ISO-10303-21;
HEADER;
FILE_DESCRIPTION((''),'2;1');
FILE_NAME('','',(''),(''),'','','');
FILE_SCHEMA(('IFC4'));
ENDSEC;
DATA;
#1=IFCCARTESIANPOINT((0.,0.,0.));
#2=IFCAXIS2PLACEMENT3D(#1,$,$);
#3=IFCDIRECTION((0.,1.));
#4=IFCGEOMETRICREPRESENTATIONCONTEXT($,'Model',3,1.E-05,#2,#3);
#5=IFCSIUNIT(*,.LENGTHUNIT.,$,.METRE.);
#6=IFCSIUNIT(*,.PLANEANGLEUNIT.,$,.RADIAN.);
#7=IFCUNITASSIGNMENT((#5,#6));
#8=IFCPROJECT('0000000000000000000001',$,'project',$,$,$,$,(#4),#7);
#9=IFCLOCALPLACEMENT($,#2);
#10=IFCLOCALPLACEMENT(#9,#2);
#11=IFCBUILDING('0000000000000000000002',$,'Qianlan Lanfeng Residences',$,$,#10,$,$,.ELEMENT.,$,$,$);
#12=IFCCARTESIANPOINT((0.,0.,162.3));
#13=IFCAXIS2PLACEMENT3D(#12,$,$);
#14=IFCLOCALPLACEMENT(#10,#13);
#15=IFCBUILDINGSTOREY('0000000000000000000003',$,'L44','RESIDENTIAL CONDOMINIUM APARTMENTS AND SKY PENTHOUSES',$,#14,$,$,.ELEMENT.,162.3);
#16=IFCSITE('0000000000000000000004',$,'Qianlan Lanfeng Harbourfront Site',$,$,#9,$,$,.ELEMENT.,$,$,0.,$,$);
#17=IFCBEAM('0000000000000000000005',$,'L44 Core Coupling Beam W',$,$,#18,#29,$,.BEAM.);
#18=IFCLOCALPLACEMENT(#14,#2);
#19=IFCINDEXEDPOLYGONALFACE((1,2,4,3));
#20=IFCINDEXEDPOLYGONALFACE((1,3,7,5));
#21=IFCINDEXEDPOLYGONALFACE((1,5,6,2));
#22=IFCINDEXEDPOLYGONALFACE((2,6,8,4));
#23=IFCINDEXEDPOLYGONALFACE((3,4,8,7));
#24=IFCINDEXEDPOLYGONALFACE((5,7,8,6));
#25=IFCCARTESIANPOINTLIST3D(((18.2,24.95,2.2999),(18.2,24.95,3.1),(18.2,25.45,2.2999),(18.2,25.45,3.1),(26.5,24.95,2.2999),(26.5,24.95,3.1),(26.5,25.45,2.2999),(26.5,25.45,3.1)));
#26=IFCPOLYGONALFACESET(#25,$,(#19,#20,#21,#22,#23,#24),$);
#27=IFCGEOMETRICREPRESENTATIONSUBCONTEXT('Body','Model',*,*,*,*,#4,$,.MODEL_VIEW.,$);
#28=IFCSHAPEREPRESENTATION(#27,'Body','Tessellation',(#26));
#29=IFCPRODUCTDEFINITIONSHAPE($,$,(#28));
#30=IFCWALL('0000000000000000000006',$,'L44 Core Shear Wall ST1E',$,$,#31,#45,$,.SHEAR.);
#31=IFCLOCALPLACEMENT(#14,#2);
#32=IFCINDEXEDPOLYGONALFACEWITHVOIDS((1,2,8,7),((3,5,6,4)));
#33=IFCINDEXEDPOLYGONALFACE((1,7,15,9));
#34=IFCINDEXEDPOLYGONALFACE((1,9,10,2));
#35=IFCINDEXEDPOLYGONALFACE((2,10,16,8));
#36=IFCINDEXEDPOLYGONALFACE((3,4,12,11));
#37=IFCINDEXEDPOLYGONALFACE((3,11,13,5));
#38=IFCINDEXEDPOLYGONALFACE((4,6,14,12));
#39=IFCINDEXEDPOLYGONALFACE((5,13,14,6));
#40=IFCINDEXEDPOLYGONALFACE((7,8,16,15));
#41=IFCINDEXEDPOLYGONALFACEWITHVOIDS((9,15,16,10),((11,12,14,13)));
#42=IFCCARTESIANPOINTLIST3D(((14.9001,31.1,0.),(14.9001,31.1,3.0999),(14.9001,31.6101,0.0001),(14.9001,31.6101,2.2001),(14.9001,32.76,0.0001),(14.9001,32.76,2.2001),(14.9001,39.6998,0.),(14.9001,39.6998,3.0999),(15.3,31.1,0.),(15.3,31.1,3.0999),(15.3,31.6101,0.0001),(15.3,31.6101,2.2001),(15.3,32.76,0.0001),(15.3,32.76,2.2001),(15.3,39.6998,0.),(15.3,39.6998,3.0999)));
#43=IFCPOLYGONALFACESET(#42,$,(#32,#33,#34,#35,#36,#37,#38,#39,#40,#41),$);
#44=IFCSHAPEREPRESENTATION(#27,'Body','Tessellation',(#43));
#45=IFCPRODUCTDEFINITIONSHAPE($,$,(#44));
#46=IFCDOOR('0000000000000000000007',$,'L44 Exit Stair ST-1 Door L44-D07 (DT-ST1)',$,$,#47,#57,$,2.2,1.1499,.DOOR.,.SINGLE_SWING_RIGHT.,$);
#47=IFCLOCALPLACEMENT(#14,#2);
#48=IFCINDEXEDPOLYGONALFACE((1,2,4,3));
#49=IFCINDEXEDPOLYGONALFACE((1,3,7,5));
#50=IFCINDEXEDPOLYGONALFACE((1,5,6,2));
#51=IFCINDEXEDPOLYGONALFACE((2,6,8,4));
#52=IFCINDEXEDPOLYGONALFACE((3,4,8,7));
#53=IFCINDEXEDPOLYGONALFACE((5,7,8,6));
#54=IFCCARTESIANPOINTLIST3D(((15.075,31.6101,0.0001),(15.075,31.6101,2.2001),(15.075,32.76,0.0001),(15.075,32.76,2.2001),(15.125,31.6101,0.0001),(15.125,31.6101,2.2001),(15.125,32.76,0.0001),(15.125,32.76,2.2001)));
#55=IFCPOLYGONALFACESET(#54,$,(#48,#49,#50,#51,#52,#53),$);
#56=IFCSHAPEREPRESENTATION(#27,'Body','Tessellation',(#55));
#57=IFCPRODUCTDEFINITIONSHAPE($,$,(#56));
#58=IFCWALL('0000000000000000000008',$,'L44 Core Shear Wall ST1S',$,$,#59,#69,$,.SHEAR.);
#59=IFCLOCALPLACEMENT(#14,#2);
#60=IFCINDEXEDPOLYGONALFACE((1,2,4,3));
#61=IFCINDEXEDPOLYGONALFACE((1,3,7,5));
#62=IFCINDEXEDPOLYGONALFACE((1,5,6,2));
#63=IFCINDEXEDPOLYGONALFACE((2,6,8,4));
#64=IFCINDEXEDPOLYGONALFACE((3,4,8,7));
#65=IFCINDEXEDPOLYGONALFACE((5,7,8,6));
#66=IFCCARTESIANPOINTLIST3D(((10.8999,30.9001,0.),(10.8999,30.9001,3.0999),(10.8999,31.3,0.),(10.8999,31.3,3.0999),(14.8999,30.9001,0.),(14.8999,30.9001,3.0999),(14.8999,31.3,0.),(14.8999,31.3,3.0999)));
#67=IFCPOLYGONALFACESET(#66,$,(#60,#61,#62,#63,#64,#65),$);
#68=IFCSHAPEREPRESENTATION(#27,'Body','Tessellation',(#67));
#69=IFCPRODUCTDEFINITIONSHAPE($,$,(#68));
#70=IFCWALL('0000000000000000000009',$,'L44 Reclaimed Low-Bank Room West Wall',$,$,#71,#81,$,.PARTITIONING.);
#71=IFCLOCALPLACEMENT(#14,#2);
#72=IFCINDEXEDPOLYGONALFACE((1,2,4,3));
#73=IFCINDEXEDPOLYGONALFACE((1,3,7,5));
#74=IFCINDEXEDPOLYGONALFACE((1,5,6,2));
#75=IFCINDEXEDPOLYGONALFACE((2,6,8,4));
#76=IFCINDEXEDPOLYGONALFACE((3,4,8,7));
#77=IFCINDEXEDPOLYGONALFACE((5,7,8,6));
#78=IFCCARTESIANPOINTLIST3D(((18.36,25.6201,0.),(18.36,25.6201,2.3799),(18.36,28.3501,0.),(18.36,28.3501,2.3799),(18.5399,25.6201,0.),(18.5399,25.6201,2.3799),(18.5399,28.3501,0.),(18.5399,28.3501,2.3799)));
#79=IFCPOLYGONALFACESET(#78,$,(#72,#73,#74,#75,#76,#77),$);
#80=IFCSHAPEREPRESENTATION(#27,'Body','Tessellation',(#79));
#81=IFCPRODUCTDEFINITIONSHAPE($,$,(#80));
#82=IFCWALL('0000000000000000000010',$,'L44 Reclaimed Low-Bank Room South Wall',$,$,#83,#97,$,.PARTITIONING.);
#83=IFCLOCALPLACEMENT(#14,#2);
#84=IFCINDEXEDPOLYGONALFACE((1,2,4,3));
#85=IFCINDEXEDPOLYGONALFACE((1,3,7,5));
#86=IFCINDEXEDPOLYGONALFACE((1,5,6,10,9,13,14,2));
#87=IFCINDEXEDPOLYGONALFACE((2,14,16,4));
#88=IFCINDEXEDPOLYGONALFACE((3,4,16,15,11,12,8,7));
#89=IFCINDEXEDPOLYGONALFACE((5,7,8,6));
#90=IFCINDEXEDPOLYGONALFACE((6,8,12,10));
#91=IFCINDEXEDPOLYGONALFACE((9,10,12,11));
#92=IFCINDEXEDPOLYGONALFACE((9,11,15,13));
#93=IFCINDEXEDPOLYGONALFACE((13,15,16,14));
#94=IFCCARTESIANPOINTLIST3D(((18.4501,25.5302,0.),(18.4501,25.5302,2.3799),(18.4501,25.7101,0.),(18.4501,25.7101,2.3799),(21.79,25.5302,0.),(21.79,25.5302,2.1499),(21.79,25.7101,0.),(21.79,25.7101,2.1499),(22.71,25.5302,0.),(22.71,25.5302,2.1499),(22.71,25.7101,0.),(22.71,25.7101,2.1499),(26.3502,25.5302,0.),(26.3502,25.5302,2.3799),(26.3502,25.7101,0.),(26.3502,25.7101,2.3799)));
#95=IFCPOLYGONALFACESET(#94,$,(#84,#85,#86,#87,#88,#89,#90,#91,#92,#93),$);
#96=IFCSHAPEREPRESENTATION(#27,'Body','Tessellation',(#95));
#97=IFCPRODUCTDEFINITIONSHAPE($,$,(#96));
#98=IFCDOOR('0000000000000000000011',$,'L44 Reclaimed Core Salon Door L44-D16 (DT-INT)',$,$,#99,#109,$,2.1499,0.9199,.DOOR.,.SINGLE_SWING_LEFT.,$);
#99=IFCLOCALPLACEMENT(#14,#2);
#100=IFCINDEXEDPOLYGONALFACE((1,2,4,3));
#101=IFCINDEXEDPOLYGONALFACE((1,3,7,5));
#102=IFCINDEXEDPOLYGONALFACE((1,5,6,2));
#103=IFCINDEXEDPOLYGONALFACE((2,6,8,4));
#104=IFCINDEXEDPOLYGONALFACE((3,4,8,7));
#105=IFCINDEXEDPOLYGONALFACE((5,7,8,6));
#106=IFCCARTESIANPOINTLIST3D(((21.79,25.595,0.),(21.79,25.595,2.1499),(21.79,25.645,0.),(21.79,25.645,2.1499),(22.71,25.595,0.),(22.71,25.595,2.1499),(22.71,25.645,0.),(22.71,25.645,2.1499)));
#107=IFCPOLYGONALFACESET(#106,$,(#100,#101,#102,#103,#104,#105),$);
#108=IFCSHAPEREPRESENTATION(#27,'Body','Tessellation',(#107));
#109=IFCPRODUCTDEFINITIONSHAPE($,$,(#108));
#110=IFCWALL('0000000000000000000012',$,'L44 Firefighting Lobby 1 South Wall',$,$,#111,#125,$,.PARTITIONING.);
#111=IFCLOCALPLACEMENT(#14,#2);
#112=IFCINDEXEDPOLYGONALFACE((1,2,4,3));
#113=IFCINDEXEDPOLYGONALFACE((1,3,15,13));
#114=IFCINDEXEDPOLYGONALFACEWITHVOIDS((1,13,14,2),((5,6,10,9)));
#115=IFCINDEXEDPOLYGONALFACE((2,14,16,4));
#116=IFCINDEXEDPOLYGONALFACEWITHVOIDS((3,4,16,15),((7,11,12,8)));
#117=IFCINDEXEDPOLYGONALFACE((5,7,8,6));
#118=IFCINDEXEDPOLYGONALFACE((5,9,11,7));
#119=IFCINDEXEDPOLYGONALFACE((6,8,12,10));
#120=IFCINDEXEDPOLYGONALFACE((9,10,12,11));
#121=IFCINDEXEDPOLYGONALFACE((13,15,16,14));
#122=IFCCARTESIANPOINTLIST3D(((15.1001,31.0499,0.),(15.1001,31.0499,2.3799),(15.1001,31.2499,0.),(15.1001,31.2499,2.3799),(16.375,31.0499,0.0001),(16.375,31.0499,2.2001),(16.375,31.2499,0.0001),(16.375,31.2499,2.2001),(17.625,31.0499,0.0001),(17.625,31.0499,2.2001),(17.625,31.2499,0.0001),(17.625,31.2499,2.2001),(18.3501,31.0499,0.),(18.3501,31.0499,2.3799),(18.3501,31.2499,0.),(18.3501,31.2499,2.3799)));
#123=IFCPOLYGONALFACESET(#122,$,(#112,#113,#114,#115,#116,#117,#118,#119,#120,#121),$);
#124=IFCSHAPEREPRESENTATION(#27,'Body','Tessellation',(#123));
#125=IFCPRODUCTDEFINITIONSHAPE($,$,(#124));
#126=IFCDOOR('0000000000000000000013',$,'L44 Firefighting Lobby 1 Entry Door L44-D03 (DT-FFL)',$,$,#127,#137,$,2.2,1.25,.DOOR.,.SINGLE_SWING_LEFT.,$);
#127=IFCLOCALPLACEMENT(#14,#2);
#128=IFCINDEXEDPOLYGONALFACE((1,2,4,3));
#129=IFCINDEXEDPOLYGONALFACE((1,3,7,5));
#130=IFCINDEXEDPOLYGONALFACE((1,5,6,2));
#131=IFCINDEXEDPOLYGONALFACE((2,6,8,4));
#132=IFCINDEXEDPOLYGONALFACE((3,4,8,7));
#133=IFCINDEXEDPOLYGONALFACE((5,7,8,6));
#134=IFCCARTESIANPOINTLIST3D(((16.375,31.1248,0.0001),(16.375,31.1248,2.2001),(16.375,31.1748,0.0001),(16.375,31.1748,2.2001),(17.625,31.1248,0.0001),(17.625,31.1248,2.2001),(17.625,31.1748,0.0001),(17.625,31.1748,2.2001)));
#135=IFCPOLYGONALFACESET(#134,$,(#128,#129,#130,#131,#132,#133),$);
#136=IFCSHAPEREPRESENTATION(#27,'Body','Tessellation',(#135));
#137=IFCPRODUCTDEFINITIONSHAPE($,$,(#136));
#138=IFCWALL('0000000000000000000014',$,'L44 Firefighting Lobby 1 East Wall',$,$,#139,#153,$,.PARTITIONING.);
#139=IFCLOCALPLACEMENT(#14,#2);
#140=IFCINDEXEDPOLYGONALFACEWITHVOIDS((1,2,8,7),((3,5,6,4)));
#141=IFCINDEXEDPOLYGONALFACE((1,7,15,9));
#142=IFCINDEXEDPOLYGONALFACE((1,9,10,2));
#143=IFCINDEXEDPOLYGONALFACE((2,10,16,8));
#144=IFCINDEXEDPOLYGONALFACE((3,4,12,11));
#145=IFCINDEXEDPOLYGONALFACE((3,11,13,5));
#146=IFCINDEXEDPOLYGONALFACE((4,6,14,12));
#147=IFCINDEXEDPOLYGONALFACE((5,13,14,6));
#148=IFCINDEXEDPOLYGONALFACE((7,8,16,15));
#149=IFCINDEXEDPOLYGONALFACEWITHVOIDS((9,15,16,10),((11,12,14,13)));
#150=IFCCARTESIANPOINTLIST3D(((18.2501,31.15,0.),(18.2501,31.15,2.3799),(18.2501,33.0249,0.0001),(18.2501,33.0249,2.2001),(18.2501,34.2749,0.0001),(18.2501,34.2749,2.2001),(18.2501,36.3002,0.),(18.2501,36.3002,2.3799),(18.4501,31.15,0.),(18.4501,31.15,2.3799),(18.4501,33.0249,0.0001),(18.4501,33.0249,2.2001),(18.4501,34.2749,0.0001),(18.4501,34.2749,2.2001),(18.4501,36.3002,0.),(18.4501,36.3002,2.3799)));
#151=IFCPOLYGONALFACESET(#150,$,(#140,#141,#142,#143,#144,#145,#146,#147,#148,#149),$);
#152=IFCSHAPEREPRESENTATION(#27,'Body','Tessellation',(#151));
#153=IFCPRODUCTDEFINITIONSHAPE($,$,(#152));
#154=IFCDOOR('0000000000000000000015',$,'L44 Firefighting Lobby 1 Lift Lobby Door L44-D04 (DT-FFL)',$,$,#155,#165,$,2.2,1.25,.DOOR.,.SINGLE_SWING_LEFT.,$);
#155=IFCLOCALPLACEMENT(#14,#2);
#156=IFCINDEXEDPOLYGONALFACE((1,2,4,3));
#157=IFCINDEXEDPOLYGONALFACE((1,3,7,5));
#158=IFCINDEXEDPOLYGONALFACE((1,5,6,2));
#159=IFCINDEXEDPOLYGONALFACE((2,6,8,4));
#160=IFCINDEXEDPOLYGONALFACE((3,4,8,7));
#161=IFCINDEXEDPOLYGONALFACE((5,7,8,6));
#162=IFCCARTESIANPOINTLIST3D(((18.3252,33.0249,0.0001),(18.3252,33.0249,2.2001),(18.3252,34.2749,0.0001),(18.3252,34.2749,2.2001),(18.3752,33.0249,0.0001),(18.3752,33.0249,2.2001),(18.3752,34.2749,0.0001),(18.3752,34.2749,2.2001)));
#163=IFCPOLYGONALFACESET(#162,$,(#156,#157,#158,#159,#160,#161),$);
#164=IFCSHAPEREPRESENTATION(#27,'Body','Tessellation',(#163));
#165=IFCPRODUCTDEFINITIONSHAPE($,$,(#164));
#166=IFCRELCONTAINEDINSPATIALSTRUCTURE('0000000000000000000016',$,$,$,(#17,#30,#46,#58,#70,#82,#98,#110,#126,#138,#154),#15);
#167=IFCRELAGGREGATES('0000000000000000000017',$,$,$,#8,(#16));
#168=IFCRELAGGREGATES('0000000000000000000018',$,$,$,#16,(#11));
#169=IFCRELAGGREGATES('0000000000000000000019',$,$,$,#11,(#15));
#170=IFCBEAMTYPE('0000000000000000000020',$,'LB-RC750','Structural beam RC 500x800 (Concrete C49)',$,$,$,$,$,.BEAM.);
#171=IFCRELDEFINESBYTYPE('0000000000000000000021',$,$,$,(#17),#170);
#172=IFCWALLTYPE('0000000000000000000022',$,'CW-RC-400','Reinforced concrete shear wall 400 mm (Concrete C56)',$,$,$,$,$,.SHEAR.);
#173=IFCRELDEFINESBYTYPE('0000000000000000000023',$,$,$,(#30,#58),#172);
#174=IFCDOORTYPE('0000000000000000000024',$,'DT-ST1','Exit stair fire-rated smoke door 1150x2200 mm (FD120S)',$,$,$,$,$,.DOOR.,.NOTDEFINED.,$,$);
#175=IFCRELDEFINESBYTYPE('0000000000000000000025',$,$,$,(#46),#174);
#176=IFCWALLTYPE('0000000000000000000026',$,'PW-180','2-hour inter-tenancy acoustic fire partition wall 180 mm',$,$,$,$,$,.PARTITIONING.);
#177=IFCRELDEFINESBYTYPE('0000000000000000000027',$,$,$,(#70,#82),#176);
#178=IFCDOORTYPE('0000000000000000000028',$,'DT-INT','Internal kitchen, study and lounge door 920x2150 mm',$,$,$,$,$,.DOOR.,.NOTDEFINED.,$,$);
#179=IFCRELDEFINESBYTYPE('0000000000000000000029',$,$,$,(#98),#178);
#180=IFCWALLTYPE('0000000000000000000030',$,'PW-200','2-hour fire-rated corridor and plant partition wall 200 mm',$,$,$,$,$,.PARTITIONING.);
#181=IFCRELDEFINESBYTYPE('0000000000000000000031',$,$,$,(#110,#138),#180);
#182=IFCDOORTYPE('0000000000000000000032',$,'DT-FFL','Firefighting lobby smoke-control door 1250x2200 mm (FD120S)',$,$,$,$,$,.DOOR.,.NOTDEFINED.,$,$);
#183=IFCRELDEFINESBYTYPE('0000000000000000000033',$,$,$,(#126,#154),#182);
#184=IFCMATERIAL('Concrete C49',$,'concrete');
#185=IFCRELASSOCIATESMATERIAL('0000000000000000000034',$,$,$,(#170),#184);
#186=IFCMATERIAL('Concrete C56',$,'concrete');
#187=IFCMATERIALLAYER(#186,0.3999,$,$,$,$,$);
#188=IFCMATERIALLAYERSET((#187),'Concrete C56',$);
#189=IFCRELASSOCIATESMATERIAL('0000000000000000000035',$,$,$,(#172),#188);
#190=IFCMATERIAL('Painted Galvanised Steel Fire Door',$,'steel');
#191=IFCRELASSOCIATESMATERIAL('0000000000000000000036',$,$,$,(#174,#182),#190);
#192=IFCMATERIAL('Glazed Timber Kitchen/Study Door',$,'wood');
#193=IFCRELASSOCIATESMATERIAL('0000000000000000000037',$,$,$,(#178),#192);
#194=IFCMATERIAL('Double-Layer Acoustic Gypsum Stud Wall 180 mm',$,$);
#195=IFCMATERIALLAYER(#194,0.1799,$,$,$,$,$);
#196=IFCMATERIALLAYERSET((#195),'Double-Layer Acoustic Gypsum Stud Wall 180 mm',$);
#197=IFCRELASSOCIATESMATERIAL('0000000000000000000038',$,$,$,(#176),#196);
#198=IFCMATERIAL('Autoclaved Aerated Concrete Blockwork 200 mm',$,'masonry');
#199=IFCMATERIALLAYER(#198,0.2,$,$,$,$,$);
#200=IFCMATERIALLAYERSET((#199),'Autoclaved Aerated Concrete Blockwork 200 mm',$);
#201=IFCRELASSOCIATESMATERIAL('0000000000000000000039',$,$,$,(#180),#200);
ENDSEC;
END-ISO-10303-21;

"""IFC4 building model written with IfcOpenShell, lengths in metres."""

from ifc_helpers import new_model, si_unit, direction, frame, frame_2d, origin, origin_2d, place, context, subcontext, project, spatial, rectangle, extrude, material, layer, layer_set, material_profile, profile_set, type_object, element, fill, save


model = new_model("IFC4")

# Units and contexts
model_context = context("Model", 3, precision=1e-05, world=origin(), true_north=direction((0.0, 1.0)))
body_context = subcontext(model_context, "Body", "Model", "MODEL_VIEW")
ifc_project = project(units=[si_unit("LENGTHUNIT", "METRE"), si_unit("PLANEANGLEUNIT", "RADIAN")], contexts=[model_context])

# Site, building, storey
site_placement = place(None, origin())
site = spatial("IfcSite", under=ifc_project, at=site_placement, Name="Qianlan Lanfeng Harbourfront Site", CompositionType="ELEMENT", RefElevation=0.0)
building_placement = place(site_placement, origin())
building = spatial("IfcBuilding", under=site, at=building_placement, Name="Qianlan Lanfeng Residences", CompositionType="ELEMENT")
storey_placement = place(building_placement, frame((0.0, 0.0, 162.3)))
storey = spatial("IfcBuildingStorey", under=building, at=storey_placement, Name="L44", Description="RESIDENTIAL CONDOMINIUM APARTMENTS AND SKY PENTHOUSES", CompositionType="ELEMENT", Elevation=162.3)

# Beam
ifc_material_1 = material(Name="Concrete C49", Category="concrete")
ifc_material_profile = material_profile(ifc_material_1, rectangle(XDim=0.5, YDim=0.8, at=origin_2d()), Name="RC 500x800")
ifc_profile_set = profile_set([ifc_material_profile], Name="Concrete C49")
beam_type = type_object("IfcBeamType", Name="LB-RC750", Description="Structural beam RC 500x800 (Concrete C49)", PredefinedType="BEAM", material=ifc_profile_set)
beam_placement = place(storey_placement, frame((18.2, 25.2, 2.7), z_axis=(1.0, 0.0, 0.0), x_axis=(0.0, 1.0, 0.0)))
element("IfcBeam", 1, at=beam_placement, inside=storey, type_object=beam_type, Name="L44 Core Coupling Beam W", PredefinedType="BEAM", context=body_context, shape_type="SweptSolid", body=[
    extrude(rectangle(XDim=0.5, YDim=0.8, at=origin_2d()), origin(), (0.0, 0.0, 1.0), 8.3),
])

# Wall, opening, door
ifc_material_2 = material(Name="Concrete C56", Category="concrete")
ifc_layer_1 = layer(ifc_material_2, 0.3999)
ifc_layer_set_1 = layer_set([ifc_layer_1], Name="Concrete C56")
wall_type_1 = type_object("IfcWallType", Name="CW-RC-400", Description="Reinforced concrete shear wall 400 mm (Concrete C56)", PredefinedType="SHEAR", material=ifc_layer_set_1)
wall_1_placement = place(storey_placement, frame((15.1001, 31.1001, 0.0), z_axis=(0.0, 0.0, 1.0), x_axis=(0.0, 1.0, 0.0)))
wall_1 = element("IfcWall", 2, at=wall_1_placement, inside=storey, type_object=wall_type_1, Name="L44 Core Shear Wall ST1E", PredefinedType="SHEAR", context=body_context, shape_type="SweptSolid", body=[
    extrude(rectangle(XDim=8.5999, YDim=0.3999, at=frame_2d((4.2998, 0.0))), origin(), (0.0, 0.0, 1.0), 3.0999),
])
opening_1_placement = place(wall_1_placement, frame((0.51, 0.0, 0.0)))
opening_1 = element("IfcOpeningElement", 3, at=opening_1_placement, cuts=wall_1, PredefinedType="OPENING", context=body_context, shape_type="SweptSolid", body=[
    extrude(rectangle(XDim=1.1499, YDim=2.2, at=frame_2d((0.575, 1.1001))), frame((0.0, 0.21, 0.0), z_axis=(0.0, -1.0, 0.0), x_axis=(1.0, 0.0, 0.0)), (0.0, 0.0, 1.0), 0.4199),
])
ifc_material_3 = material(Name="Painted Galvanised Steel Fire Door", Category="steel")
door_type_1 = type_object("IfcDoorType", Name="DT-ST1", Description="Exit stair fire-rated smoke door 1150x2200 mm (FD120S)", OperationType="NOTDEFINED", PredefinedType="DOOR", material=ifc_material_3)
door_1_placement = place(opening_1_placement, frame((1.1499, 0.0, 0.0), z_axis=(0.0, 0.0, 1.0), x_axis=(-1.0, 0.0, 0.0)))
door_1 = element("IfcDoor", 4, at=door_1_placement, inside=storey, type_object=door_type_1, Name="L44 Exit Stair ST-1 Door L44-D07 (DT-ST1)", OperationType="SINGLE_SWING_RIGHT", OverallHeight=2.2, OverallWidth=1.1499, PredefinedType="DOOR", context=body_context, shape_type="SweptSolid", body=[
    extrude(rectangle(XDim=1.1499, YDim=2.2, at=frame_2d((0.575, 1.1001))), frame((0.0, 0.0249, 0.0), z_axis=(0.0, -1.0, 0.0), x_axis=(1.0, 0.0, 0.0)), (0.0, 0.0, 1.0), 0.05),
])
fill(opening_1, door_1)

# Wall
wall_2_placement = place(storey_placement, frame((10.8999, 31.1001, 0.0), z_axis=(0.0, 0.0, 1.0), x_axis=(1.0, 0.0, 0.0)))
element("IfcWall", 5, at=wall_2_placement, inside=storey, type_object=wall_type_1, Name="L44 Core Shear Wall ST1S", PredefinedType="SHEAR", context=body_context, shape_type="SweptSolid", body=[
    extrude(rectangle(XDim=4.0, YDim=0.3999, at=frame_2d((2.0, 0.0))), origin(), (0.0, 0.0, 1.0), 3.0999),
])

# Shared definitions
ifc_material_4 = material(Name="Glazed Timber Kitchen/Study Door", Category="wood")
door_type_2 = type_object("IfcDoorType", Name="DT-INT", Description="Internal kitchen, study and lounge door 920x2150 mm", OperationType="NOTDEFINED", PredefinedType="DOOR", material=ifc_material_4)

# Shared definitions
ifc_material_5 = material(Name="Double-Layer Acoustic Gypsum Stud Wall 180 mm")
ifc_layer_2 = layer(ifc_material_5, 0.1799)
ifc_layer_set_2 = layer_set([ifc_layer_2], Name="Double-Layer Acoustic Gypsum Stud Wall 180 mm")
wall_type_2 = type_object("IfcWallType", Name="PW-180", Description="2-hour inter-tenancy acoustic fire partition wall 180 mm", PredefinedType="PARTITIONING", material=ifc_layer_set_2)

# Wall
wall_3_placement = place(storey_placement, frame((18.45, 25.6201, 0.0), z_axis=(0.0, 0.0, 1.0), x_axis=(0.0, 1.0, 0.0)))
element("IfcWall", 6, at=wall_3_placement, inside=storey, type_object=wall_type_2, Name="L44 Reclaimed Low-Bank Room West Wall", PredefinedType="PARTITIONING", context=body_context, shape_type="SweptSolid", body=[
    extrude(rectangle(XDim=2.73, YDim=0.1799, at=frame_2d((1.365, 0.0))), origin(), (0.0, 0.0, 1.0), 2.3799),
])

# Walls, openings, doors
wall_4_placement = place(storey_placement, frame((18.45, 25.6201, 0.0), z_axis=(0.0, 0.0, 1.0), x_axis=(1.0, 0.0, 0.0)))
wall_4 = element("IfcWall", 7, at=wall_4_placement, inside=storey, type_object=wall_type_2, Name="L44 Reclaimed Low-Bank Room South Wall", PredefinedType="PARTITIONING", context=body_context, shape_type="SweptSolid", body=[
    extrude(rectangle(XDim=7.9001, YDim=0.1799, at=frame_2d((3.9502, 0.0))), origin(), (0.0, 0.0, 1.0), 2.3799),
])
opening_2_placement = place(wall_4_placement, frame((3.3401, 0.0, 0.0)))
opening_2 = element("IfcOpeningElement", 8, at=opening_2_placement, cuts=wall_4, PredefinedType="OPENING", context=body_context, shape_type="SweptSolid", body=[
    extrude(rectangle(XDim=0.9199, YDim=2.1499, at=frame_2d((0.46, 1.075))), frame((0.0, 0.1001, 0.0), z_axis=(0.0, -1.0, 0.0), x_axis=(1.0, 0.0, 0.0)), (0.0, 0.0, 1.0), 0.2),
])
door_2_placement = place(opening_2_placement, origin())
door_2 = element("IfcDoor", 9, at=door_2_placement, inside=storey, type_object=door_type_2, Name="L44 Reclaimed Core Salon Door L44-D16 (DT-INT)", OperationType="SINGLE_SWING_LEFT", OverallHeight=2.1499, OverallWidth=0.9199, PredefinedType="DOOR", context=body_context, shape_type="SweptSolid", body=[
    extrude(rectangle(XDim=0.9199, YDim=2.1499, at=frame_2d((0.46, 1.075))), frame((0.0, 0.0249, 0.0), z_axis=(0.0, -1.0, 0.0), x_axis=(1.0, 0.0, 0.0)), (0.0, 0.0, 1.0), 0.05),
])
fill(opening_2, door_2)
ifc_material_6 = material(Name="Autoclaved Aerated Concrete Blockwork 200 mm", Category="masonry")
ifc_layer_3 = layer(ifc_material_6, 0.2)
ifc_layer_set_3 = layer_set([ifc_layer_3], Name="Autoclaved Aerated Concrete Blockwork 200 mm")
wall_type_3 = type_object("IfcWallType", Name="PW-200", Description="2-hour fire-rated corridor and plant partition wall 200 mm", PredefinedType="PARTITIONING", material=ifc_layer_set_3)
wall_5_placement = place(storey_placement, frame((15.1001, 31.1499, 0.0), z_axis=(0.0, 0.0, 1.0), x_axis=(1.0, 0.0, 0.0)))
wall_5 = element("IfcWall", 10, at=wall_5_placement, inside=storey, type_object=wall_type_3, Name="L44 Firefighting Lobby 1 South Wall", PredefinedType="PARTITIONING", context=body_context, shape_type="SweptSolid", body=[
    extrude(rectangle(XDim=3.25, YDim=0.2, at=frame_2d((1.625, 0.0))), origin(), (0.0, 0.0, 1.0), 2.3799),
])
opening_3_placement = place(wall_5_placement, frame((1.2749, 0.0, 0.0)))
opening_3 = element("IfcOpeningElement", 11, at=opening_3_placement, cuts=wall_5, PredefinedType="OPENING", context=body_context, shape_type="SweptSolid", body=[
    extrude(rectangle(XDim=1.25, YDim=2.2, at=frame_2d((0.625, 1.1001))), frame((0.0, 0.1099, 0.0), z_axis=(0.0, -1.0, 0.0), x_axis=(1.0, 0.0, 0.0)), (0.0, 0.0, 1.0), 0.22),
])
door_type_3 = type_object("IfcDoorType", Name="DT-FFL", Description="Firefighting lobby smoke-control door 1250x2200 mm (FD120S)", OperationType="NOTDEFINED", PredefinedType="DOOR", material=ifc_material_3)
door_3_placement = place(opening_3_placement, origin())
door_3 = element("IfcDoor", 12, at=door_3_placement, inside=storey, type_object=door_type_3, Name="L44 Firefighting Lobby 1 Entry Door L44-D03 (DT-FFL)", OperationType="SINGLE_SWING_LEFT", OverallHeight=2.2, OverallWidth=1.25, PredefinedType="DOOR", context=body_context, shape_type="SweptSolid", body=[
    extrude(rectangle(XDim=1.25, YDim=2.2, at=frame_2d((0.625, 1.1001))), frame((0.0, 0.0249, 0.0), z_axis=(0.0, -1.0, 0.0), x_axis=(1.0, 0.0, 0.0)), (0.0, 0.0, 1.0), 0.05),
])
fill(opening_3, door_3)
wall_6_placement = place(storey_placement, frame((18.3501, 31.1499, 0.0), z_axis=(0.0, 0.0, 1.0), x_axis=(0.0, 1.0, 0.0)))
wall_6 = element("IfcWall", 13, at=wall_6_placement, inside=storey, type_object=wall_type_3, Name="L44 Firefighting Lobby 1 East Wall", PredefinedType="PARTITIONING", context=body_context, shape_type="SweptSolid", body=[
    extrude(rectangle(XDim=5.1501, YDim=0.2, at=frame_2d((2.5752, 0.0))), origin(), (0.0, 0.0, 1.0), 2.3799),
])
opening_4_placement = place(wall_6_placement, frame((1.875, 0.0, 0.0)))
opening_4 = element("IfcOpeningElement", 14, at=opening_4_placement, cuts=wall_6, PredefinedType="OPENING", context=body_context, shape_type="SweptSolid", body=[
    extrude(rectangle(XDim=1.25, YDim=2.2, at=frame_2d((0.625, 1.1001))), frame((0.0, 0.1099, 0.0), z_axis=(0.0, -1.0, 0.0), x_axis=(1.0, 0.0, 0.0)), (0.0, 0.0, 1.0), 0.22),
])
door_4_placement = place(opening_4_placement, origin())
door_4 = element("IfcDoor", 15, at=door_4_placement, inside=storey, type_object=door_type_3, Name="L44 Firefighting Lobby 1 Lift Lobby Door L44-D04 (DT-FFL)", OperationType="SINGLE_SWING_LEFT", OverallHeight=2.2, OverallWidth=1.25, PredefinedType="DOOR", context=body_context, shape_type="SweptSolid", body=[
    extrude(rectangle(XDim=1.25, YDim=2.2, at=frame_2d((0.625, 1.1001))), frame((0.0, 0.0249, 0.0), z_axis=(0.0, -1.0, 0.0), x_axis=(1.0, 0.0, 0.0)), (0.0, 0.0, 1.0), 0.05),
])
fill(opening_4, door_4)

save(model, "model.ifc")
